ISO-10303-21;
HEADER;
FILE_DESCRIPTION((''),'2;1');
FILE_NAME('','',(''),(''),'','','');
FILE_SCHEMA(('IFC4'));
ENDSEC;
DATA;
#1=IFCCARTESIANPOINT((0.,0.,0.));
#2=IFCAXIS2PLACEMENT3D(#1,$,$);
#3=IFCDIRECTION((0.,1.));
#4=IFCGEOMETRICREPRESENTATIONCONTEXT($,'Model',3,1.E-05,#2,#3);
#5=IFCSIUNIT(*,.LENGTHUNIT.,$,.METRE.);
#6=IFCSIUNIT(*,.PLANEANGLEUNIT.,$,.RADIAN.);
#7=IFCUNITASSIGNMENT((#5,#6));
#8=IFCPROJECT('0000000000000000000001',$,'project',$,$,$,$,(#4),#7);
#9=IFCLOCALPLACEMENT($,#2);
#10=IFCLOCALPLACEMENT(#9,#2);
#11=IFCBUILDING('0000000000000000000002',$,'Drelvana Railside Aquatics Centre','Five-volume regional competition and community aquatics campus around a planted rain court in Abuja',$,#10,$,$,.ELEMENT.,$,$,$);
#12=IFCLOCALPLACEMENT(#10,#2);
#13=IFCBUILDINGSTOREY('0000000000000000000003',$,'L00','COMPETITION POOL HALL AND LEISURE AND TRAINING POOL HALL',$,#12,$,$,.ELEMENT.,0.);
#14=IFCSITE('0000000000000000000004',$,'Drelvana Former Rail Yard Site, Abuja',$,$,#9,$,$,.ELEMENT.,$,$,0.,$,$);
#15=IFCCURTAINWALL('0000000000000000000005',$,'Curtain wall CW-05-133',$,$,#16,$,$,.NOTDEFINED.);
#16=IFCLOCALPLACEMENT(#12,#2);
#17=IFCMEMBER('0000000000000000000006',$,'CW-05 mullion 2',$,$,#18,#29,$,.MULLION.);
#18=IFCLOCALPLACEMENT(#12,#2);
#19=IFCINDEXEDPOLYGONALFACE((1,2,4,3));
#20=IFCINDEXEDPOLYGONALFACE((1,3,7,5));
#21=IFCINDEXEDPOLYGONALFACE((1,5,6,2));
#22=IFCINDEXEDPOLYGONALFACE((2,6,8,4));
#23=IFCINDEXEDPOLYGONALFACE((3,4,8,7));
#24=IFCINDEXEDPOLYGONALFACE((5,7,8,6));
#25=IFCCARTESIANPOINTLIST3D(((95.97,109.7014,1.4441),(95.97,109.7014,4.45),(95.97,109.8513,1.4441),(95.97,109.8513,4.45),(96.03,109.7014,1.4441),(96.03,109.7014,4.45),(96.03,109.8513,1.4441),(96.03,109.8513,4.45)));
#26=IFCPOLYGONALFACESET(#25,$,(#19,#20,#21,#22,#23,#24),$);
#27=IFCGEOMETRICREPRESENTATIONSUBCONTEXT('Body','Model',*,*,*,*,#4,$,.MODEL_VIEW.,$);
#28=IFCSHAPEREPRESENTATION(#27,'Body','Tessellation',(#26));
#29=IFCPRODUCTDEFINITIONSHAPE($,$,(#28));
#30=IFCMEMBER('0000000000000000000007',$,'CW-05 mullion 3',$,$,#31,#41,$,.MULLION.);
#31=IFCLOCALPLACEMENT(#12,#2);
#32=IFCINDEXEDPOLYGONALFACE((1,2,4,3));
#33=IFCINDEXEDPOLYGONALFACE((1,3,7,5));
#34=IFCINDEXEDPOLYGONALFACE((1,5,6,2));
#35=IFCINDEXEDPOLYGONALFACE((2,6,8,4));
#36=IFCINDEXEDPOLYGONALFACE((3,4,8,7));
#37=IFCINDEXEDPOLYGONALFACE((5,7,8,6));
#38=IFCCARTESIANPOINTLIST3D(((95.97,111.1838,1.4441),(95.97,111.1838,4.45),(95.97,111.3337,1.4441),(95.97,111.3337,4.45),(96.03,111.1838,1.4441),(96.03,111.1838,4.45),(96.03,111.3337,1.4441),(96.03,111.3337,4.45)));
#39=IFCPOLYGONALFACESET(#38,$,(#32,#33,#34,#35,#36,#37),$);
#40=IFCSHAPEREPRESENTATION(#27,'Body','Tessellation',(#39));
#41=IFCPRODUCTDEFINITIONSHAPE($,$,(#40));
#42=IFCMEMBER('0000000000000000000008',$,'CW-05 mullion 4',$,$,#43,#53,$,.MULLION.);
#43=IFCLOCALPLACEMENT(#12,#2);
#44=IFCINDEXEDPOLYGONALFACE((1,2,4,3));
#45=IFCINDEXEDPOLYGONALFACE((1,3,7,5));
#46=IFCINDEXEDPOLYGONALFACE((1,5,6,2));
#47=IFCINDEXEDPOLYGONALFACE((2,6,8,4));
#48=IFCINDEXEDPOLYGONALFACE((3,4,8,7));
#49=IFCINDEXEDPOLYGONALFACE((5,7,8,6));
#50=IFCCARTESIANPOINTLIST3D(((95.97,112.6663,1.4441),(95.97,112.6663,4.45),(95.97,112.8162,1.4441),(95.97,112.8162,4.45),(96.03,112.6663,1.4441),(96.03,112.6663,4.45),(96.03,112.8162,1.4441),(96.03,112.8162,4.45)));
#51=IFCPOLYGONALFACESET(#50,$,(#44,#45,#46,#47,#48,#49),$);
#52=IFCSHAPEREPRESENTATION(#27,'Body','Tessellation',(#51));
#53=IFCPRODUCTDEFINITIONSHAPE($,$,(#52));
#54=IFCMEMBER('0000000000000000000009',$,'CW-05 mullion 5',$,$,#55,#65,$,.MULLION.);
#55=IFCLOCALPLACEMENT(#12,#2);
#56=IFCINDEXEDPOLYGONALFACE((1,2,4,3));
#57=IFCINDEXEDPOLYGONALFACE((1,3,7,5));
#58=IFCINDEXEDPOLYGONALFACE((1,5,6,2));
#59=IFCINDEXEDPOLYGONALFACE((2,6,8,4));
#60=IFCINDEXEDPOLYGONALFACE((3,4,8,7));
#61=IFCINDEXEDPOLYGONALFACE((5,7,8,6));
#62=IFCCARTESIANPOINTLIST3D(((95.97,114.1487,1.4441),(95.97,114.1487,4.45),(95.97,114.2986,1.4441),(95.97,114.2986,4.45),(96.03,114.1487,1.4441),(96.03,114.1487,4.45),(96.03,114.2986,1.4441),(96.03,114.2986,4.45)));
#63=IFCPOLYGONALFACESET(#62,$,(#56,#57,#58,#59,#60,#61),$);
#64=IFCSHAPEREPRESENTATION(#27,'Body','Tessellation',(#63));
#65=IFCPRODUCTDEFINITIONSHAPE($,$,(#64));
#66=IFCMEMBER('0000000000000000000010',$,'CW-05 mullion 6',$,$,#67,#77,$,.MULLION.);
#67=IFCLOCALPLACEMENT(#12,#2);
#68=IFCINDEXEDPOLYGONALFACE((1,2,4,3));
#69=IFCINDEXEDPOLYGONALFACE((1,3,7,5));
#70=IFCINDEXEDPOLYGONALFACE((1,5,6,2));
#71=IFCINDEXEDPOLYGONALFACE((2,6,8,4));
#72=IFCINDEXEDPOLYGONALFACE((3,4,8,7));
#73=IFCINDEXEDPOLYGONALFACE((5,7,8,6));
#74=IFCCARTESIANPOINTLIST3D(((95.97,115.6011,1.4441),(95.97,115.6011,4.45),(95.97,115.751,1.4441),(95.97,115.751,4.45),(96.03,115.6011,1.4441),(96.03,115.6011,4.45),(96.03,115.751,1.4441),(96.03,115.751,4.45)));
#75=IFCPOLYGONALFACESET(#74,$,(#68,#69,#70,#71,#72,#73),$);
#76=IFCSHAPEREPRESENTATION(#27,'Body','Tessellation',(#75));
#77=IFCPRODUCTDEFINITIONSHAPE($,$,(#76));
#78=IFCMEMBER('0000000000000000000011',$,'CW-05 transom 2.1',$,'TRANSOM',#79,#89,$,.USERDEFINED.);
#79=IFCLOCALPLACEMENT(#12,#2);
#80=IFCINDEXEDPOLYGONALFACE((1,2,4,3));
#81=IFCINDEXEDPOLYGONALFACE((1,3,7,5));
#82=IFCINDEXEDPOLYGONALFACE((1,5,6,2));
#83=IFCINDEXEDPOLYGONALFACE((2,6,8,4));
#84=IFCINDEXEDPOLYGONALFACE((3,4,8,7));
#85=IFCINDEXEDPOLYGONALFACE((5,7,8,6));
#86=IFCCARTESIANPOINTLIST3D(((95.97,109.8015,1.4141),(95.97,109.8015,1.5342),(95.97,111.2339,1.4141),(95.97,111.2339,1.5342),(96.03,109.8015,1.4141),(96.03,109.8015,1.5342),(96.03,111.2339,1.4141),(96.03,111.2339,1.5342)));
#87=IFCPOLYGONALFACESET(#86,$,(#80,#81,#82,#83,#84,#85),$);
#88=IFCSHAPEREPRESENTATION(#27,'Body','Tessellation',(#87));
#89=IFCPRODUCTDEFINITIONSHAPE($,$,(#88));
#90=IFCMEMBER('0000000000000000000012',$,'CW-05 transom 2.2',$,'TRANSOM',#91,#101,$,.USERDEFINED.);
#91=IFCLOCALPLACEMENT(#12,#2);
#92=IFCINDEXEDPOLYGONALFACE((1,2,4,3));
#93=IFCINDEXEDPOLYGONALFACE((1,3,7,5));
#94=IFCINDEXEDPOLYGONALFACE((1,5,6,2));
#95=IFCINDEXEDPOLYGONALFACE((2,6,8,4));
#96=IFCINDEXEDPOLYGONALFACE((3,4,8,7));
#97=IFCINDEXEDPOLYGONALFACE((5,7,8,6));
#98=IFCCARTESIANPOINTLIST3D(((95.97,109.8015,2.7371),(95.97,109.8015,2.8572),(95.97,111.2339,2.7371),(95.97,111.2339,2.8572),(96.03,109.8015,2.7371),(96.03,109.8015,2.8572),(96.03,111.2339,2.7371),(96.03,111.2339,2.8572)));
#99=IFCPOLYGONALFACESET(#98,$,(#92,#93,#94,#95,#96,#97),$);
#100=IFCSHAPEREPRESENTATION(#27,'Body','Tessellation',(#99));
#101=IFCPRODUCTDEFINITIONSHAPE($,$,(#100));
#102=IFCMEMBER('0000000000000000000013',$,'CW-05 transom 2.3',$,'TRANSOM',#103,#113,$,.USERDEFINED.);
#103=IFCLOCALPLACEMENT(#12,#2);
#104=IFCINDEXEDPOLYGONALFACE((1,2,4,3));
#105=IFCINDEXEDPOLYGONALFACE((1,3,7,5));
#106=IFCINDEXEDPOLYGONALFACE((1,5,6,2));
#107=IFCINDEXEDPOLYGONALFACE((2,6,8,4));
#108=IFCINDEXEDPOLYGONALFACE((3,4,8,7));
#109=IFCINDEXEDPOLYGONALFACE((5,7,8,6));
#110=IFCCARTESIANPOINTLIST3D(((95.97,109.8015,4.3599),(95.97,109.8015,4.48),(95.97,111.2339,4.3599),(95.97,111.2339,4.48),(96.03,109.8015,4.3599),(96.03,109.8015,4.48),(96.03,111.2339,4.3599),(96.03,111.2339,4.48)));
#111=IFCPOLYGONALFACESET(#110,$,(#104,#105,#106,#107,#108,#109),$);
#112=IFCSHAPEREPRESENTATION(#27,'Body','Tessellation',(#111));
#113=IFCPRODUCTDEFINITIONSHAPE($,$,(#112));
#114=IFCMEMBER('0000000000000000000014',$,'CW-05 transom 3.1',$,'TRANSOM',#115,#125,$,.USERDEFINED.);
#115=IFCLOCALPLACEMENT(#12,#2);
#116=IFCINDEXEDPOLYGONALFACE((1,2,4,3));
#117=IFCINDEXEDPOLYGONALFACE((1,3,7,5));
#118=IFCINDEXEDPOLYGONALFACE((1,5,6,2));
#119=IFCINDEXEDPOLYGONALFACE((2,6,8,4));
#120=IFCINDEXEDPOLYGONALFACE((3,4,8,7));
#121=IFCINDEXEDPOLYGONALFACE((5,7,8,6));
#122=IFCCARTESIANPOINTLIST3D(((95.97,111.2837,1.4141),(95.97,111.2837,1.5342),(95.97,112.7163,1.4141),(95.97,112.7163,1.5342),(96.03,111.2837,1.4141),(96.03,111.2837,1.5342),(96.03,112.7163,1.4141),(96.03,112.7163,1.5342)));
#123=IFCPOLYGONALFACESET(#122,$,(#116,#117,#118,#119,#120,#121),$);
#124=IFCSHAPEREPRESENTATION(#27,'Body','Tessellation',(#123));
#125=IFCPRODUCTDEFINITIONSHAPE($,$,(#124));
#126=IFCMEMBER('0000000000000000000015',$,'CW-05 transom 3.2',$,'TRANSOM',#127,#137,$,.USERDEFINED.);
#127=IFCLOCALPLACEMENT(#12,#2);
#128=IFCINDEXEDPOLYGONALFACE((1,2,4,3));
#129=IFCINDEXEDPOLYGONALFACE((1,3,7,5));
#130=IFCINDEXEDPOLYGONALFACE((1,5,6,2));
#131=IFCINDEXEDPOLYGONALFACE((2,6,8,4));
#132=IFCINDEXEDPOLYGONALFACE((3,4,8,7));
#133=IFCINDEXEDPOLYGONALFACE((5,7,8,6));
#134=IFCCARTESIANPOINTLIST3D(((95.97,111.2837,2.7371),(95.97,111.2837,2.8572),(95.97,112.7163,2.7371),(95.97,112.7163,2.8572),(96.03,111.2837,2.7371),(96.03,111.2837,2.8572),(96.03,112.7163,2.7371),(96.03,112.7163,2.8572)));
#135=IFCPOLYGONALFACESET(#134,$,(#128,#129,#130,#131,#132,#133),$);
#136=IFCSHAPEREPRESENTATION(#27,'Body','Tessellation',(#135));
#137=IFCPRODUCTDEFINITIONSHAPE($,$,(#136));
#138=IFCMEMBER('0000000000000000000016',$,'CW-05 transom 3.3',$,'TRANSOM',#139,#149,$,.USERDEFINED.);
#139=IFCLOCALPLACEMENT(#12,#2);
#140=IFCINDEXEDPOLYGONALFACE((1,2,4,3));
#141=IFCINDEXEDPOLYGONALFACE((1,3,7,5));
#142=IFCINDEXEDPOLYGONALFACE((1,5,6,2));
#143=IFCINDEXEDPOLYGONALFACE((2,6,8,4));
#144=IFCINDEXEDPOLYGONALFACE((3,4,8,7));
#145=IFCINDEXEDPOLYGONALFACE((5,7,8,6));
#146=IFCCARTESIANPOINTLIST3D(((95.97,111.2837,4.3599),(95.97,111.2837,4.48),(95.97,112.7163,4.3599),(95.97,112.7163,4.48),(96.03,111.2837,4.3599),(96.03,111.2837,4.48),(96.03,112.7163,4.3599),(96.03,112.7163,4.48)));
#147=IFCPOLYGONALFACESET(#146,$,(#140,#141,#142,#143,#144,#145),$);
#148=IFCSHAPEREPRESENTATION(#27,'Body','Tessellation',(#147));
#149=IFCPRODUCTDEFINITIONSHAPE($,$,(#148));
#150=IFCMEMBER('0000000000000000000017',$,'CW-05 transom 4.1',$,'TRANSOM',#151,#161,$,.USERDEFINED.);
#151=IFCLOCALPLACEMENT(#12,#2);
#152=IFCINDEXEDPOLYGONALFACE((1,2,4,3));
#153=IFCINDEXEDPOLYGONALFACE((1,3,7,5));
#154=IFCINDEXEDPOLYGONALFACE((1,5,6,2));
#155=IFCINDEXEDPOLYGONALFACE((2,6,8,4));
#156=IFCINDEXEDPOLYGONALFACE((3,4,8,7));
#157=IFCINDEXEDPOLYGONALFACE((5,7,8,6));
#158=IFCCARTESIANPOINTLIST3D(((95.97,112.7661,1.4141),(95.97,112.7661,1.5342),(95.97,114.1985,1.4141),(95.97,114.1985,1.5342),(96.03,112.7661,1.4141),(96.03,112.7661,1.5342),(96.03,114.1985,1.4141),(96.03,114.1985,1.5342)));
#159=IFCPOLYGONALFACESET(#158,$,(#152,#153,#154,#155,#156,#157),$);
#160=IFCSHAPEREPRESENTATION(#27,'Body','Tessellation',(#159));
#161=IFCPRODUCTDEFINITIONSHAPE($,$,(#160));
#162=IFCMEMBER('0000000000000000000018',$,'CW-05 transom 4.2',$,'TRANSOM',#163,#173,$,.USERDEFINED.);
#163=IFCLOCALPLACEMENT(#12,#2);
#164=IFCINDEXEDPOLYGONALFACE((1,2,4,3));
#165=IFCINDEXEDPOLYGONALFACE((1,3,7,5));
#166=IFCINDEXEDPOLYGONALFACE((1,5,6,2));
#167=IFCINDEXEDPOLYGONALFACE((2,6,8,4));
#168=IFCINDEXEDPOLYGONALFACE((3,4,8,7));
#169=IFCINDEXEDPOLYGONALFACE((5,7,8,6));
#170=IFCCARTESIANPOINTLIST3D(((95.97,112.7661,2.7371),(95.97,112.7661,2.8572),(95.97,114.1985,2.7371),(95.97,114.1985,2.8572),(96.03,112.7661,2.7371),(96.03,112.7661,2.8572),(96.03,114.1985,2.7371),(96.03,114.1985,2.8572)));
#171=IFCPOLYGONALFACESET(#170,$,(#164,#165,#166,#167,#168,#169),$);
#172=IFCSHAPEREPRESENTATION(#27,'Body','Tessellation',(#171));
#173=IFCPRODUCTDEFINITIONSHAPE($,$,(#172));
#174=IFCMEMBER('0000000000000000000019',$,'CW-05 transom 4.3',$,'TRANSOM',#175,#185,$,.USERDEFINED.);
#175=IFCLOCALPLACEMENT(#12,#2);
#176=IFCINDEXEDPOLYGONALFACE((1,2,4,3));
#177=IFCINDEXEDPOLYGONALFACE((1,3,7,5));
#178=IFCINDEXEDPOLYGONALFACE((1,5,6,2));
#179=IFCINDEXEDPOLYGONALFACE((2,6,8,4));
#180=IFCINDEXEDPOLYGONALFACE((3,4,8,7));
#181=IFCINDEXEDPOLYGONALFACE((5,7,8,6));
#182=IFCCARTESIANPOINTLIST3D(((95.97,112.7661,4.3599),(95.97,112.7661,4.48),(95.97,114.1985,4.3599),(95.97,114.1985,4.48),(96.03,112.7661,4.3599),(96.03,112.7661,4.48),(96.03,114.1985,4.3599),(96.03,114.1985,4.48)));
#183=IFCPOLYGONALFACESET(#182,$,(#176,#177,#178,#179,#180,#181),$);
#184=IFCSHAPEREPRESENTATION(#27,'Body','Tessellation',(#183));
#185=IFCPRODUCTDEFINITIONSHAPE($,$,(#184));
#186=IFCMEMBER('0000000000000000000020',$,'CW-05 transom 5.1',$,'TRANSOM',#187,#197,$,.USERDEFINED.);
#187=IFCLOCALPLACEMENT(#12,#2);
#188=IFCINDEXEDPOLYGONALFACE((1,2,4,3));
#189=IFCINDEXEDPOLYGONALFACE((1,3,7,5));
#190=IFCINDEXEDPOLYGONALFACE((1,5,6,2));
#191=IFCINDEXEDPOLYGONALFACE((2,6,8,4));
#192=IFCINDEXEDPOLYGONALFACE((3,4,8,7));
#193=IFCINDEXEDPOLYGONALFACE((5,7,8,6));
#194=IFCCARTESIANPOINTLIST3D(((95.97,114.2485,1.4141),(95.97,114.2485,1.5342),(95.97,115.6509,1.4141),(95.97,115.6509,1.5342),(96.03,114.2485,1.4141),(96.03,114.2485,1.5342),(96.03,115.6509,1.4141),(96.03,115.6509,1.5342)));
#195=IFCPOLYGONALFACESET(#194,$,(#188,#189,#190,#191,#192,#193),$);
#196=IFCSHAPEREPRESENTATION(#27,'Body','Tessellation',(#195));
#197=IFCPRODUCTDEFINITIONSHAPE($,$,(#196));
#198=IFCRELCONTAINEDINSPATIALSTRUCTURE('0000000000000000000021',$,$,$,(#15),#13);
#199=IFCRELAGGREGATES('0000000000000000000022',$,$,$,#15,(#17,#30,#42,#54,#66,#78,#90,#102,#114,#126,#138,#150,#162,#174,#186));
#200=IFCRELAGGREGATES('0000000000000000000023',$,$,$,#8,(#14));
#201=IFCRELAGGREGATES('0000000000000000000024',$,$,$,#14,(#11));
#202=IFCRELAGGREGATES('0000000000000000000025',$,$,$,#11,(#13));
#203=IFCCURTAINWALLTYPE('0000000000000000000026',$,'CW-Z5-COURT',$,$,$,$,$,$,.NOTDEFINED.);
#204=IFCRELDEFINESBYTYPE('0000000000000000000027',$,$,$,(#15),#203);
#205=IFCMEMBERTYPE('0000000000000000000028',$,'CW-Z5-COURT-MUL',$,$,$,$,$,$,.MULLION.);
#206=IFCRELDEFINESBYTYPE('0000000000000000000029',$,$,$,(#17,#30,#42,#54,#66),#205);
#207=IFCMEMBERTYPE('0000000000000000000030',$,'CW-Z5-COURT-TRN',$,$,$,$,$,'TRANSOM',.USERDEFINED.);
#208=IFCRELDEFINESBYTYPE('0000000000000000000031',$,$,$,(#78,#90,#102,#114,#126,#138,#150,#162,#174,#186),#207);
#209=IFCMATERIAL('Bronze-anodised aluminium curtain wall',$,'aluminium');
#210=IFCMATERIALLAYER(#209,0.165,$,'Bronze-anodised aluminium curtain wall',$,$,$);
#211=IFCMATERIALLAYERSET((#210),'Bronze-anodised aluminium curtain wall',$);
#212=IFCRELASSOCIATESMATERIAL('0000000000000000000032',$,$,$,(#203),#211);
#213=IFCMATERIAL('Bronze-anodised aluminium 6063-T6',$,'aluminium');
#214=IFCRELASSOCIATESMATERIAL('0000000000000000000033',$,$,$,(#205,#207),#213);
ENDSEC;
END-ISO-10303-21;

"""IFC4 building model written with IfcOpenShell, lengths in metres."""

from ifc_helpers import new_model, si_unit, direction, frame, origin, origin_2d, place, context, subcontext, project, spatial, rectangle, extrude, material, layer, layer_set, material_profile, profile_set, type_object, element, aggregate, save


model = new_model("IFC4")

# Units and contexts
model_context = context("Model", 3, precision=1e-05, world=origin(), true_north=direction((0.0, 1.0)))
body_context = subcontext(model_context, "Body", "Model", "MODEL_VIEW")
ifc_project = project(units=[si_unit("LENGTHUNIT", "METRE"), si_unit("PLANEANGLEUNIT", "RADIAN")], contexts=[model_context])

# Site, building, storey
site_placement = place(None, origin())
site = spatial("IfcSite", under=ifc_project, at=site_placement, Name="Drelvana Former Rail Yard Site, Abuja", CompositionType="ELEMENT", RefElevation=0.0)
building_placement = place(site_placement, origin())
building = spatial("IfcBuilding", under=site, at=building_placement, Name="Drelvana Railside Aquatics Centre", Description="Five-volume regional competition and community aquatics campus around a planted rain court in Abuja", CompositionType="ELEMENT")
storey_placement = place(building_placement, origin())
storey = spatial("IfcBuildingStorey", under=building, at=storey_placement, Name="L00", Description="COMPETITION POOL HALL AND LEISURE AND TRAINING POOL HALL", CompositionType="ELEMENT", Elevation=0.0)

# Curtain wall, members
ifc_material_1 = material(Name="Bronze-anodised aluminium curtain wall", Category="aluminium")
ifc_layer_1 = layer(ifc_material_1, 0.165, Name="Bronze-anodised aluminium curtain wall")
ifc_layer_set_1 = layer_set([ifc_layer_1], Name="Bronze-anodised aluminium curtain wall")
curtain_wall_type = type_object("IfcCurtainWallType", Name="CW-Z5-COURT", PredefinedType="NOTDEFINED", material=ifc_layer_set_1)
curtain_wall_placement = place(storey_placement, origin())
curtain_wall = element("IfcCurtainWall", 1, at=curtain_wall_placement, inside=storey, type_object=curtain_wall_type, Name="Curtain wall CW-05-133", PredefinedType="NOTDEFINED")
ifc_material_2 = material(Name="Bronze-anodised aluminium 6063-T6", Category="aluminium")
ifc_material_profile_1 = material_profile(ifc_material_2, rectangle(XDim=0.0601, YDim=0.1499, at=origin_2d()), Name="ALU-M 60x150")
ifc_profile_set_1 = profile_set([ifc_material_profile_1], Name="Bronze-anodised aluminium 6063-T6")
member_type_1 = type_object("IfcMemberType", Name="CW-Z5-COURT-MUL", PredefinedType="MULLION", material=ifc_profile_set_1)
member_1_placement = place(storey_placement, frame((96.0, 109.7764, 1.4441), z_axis=(0.0, 0.0, 1.0), x_axis=(-1.0, 0.0, 0.0)))
member_1 = element("IfcMember", 2, at=member_1_placement, type_object=member_type_1, Name="CW-05 mullion 2", PredefinedType="MULLION", context=body_context, shape_type="SweptSolid", body=[
    extrude(rectangle(XDim=0.0601, YDim=0.1499, at=origin_2d()), origin(), (0.0, 0.0, 1.0), 3.0059),
])
member_2_placement = place(storey_placement, frame((96.0, 111.2588, 1.4441), z_axis=(0.0, 0.0, 1.0), x_axis=(-1.0, 0.0, 0.0)))
member_2 = element("IfcMember", 3, at=member_2_placement, type_object=member_type_1, Name="CW-05 mullion 3", PredefinedType="MULLION", context=body_context, shape_type="SweptSolid", body=[
    extrude(rectangle(XDim=0.0601, YDim=0.1499, at=origin_2d()), origin(), (0.0, 0.0, 1.0), 3.0059),
])
member_3_placement = place(storey_placement, frame((96.0, 112.7412, 1.4441), z_axis=(0.0, 0.0, 1.0), x_axis=(-1.0, 0.0, 0.0)))
member_3 = element("IfcMember", 4, at=member_3_placement, type_object=member_type_1, Name="CW-05 mullion 4", PredefinedType="MULLION", context=body_context, shape_type="SweptSolid", body=[
    extrude(rectangle(XDim=0.0601, YDim=0.1499, at=origin_2d()), origin(), (0.0, 0.0, 1.0), 3.0059),
])
member_4_placement = place(storey_placement, frame((96.0, 114.2236, 1.4441), z_axis=(0.0, 0.0, 1.0), x_axis=(-1.0, 0.0, 0.0)))
member_4 = element("IfcMember", 5, at=member_4_placement, type_object=member_type_1, Name="CW-05 mullion 5", PredefinedType="MULLION", context=body_context, shape_type="SweptSolid", body=[
    extrude(rectangle(XDim=0.0601, YDim=0.1499, at=origin_2d()), origin(), (0.0, 0.0, 1.0), 3.0059),
])
member_5_placement = place(storey_placement, frame((96.0, 115.676, 1.4441), z_axis=(0.0, 0.0, 1.0), x_axis=(-1.0, 0.0, 0.0)))
member_5 = element("IfcMember", 6, at=member_5_placement, type_object=member_type_1, Name="CW-05 mullion 6", PredefinedType="MULLION", context=body_context, shape_type="SweptSolid", body=[
    extrude(rectangle(XDim=0.0601, YDim=0.1499, at=origin_2d()), origin(), (0.0, 0.0, 1.0), 3.0059),
])
ifc_material_profile_2 = material_profile(ifc_material_2, rectangle(XDim=0.1201, YDim=0.0601, at=origin_2d()), Name="ALU-T 60x120")
ifc_profile_set_2 = profile_set([ifc_material_profile_2], Name="Bronze-anodised aluminium 6063-T6")
member_type_2 = type_object("IfcMemberType", Name="CW-Z5-COURT-TRN", ElementType="TRANSOM", PredefinedType="USERDEFINED", material=ifc_profile_set_2)
member_6_placement = place(storey_placement, frame((96.0, 109.8015, 1.4741), z_axis=(0.0, 1.0, 0.0), x_axis=(0.0, 0.0, 1.0)))
member_6 = element("IfcMember", 7, at=member_6_placement, type_object=member_type_2, Name="CW-05 transom 2.1", ObjectType="TRANSOM", PredefinedType="USERDEFINED", context=body_context, shape_type="SweptSolid", body=[
    extrude(rectangle(XDim=0.1201, YDim=0.0601, at=origin_2d()), origin(), (0.0, 0.0, 1.0), 1.4324),
])
member_7_placement = place(storey_placement, frame((96.0, 109.8015, 2.7971), z_axis=(0.0, 1.0, 0.0), x_axis=(0.0, 0.0, 1.0)))
member_7 = element("IfcMember", 8, at=member_7_placement, type_object=member_type_2, Name="CW-05 transom 2.2", ObjectType="TRANSOM", PredefinedType="USERDEFINED", context=body_context, shape_type="SweptSolid", body=[
    extrude(rectangle(XDim=0.1201, YDim=0.0601, at=origin_2d()), origin(), (0.0, 0.0, 1.0), 1.4324),
])
member_8_placement = place(storey_placement, frame((96.0, 109.8015, 4.4199), z_axis=(0.0, 1.0, 0.0), x_axis=(0.0, 0.0, 1.0)))
member_8 = element("IfcMember", 9, at=member_8_placement, type_object=member_type_2, Name="CW-05 transom 2.3", ObjectType="TRANSOM", PredefinedType="USERDEFINED", context=body_context, shape_type="SweptSolid", body=[
    extrude(rectangle(XDim=0.1201, YDim=0.0601, at=origin_2d()), origin(), (0.0, 0.0, 1.0), 1.4324),
])
member_9_placement = place(storey_placement, frame((96.0, 111.2837, 1.4741), z_axis=(0.0, 1.0, 0.0), x_axis=(0.0, 0.0, 1.0)))
member_9 = element("IfcMember", 10, at=member_9_placement, type_object=member_type_2, Name="CW-05 transom 3.1", ObjectType="TRANSOM", PredefinedType="USERDEFINED", context=body_context, shape_type="SweptSolid", body=[
    extrude(rectangle(XDim=0.1201, YDim=0.0601, at=origin_2d()), origin(), (0.0, 0.0, 1.0), 1.4326),
])
member_10_placement = place(storey_placement, frame((96.0, 111.2837, 2.7971), z_axis=(0.0, 1.0, 0.0), x_axis=(0.0, 0.0, 1.0)))
member_10 = element("IfcMember", 11, at=member_10_placement, type_object=member_type_2, Name="CW-05 transom 3.2", ObjectType="TRANSOM", PredefinedType="USERDEFINED", context=body_context, shape_type="SweptSolid", body=[
    extrude(rectangle(XDim=0.1201, YDim=0.0601, at=origin_2d()), origin(), (0.0, 0.0, 1.0), 1.4326),
])
member_11_placement = place(storey_placement, frame((96.0, 111.2837, 4.4199), z_axis=(0.0, 1.0, 0.0), x_axis=(0.0, 0.0, 1.0)))
member_11 = element("IfcMember", 12, at=member_11_placement, type_object=member_type_2, Name="CW-05 transom 3.3", ObjectType="TRANSOM", PredefinedType="USERDEFINED", context=body_context, shape_type="SweptSolid", body=[
    extrude(rectangle(XDim=0.1201, YDim=0.0601, at=origin_2d()), origin(), (0.0, 0.0, 1.0), 1.4326),
])
member_12_placement = place(storey_placement, frame((96.0, 112.7661, 1.4741), z_axis=(0.0, 1.0, 0.0), x_axis=(0.0, 0.0, 1.0)))
member_12 = element("IfcMember", 13, at=member_12_placement, type_object=member_type_2, Name="CW-05 transom 4.1", ObjectType="TRANSOM", PredefinedType="USERDEFINED", context=body_context, shape_type="SweptSolid", body=[
    extrude(rectangle(XDim=0.1201, YDim=0.0601, at=origin_2d()), origin(), (0.0, 0.0, 1.0), 1.4324),
])
member_13_placement = place(storey_placement, frame((96.0, 112.7661, 2.7971), z_axis=(0.0, 1.0, 0.0), x_axis=(0.0, 0.0, 1.0)))
member_13 = element("IfcMember", 14, at=member_13_placement, type_object=member_type_2, Name="CW-05 transom 4.2", ObjectType="TRANSOM", PredefinedType="USERDEFINED", context=body_context, shape_type="SweptSolid", body=[
    extrude(rectangle(XDim=0.1201, YDim=0.0601, at=origin_2d()), origin(), (0.0, 0.0, 1.0), 1.4324),
])
member_14_placement = place(storey_placement, frame((96.0, 112.7661, 4.4199), z_axis=(0.0, 1.0, 0.0), x_axis=(0.0, 0.0, 1.0)))
member_14 = element("IfcMember", 15, at=member_14_placement, type_object=member_type_2, Name="CW-05 transom 4.3", ObjectType="TRANSOM", PredefinedType="USERDEFINED", context=body_context, shape_type="SweptSolid", body=[
    extrude(rectangle(XDim=0.1201, YDim=0.0601, at=origin_2d()), origin(), (0.0, 0.0, 1.0), 1.4324),
])
member_15_placement = place(storey_placement, frame((96.0, 114.2485, 1.4741), z_axis=(0.0, 1.0, 0.0), x_axis=(0.0, 0.0, 1.0)))
member_15 = element("IfcMember", 16, at=member_15_placement, type_object=member_type_2, Name="CW-05 transom 5.1", ObjectType="TRANSOM", PredefinedType="USERDEFINED", context=body_context, shape_type="SweptSolid", body=[
    extrude(rectangle(XDim=0.1201, YDim=0.0601, at=origin_2d()), origin(), (0.0, 0.0, 1.0), 1.4023),
])

aggregate(curtain_wall, [member_1, member_2, member_3, member_4, member_5, member_6, member_7, member_8, member_9, member_10, member_11, member_12, member_13, member_14, member_15])

save(model, "model.ifc")
